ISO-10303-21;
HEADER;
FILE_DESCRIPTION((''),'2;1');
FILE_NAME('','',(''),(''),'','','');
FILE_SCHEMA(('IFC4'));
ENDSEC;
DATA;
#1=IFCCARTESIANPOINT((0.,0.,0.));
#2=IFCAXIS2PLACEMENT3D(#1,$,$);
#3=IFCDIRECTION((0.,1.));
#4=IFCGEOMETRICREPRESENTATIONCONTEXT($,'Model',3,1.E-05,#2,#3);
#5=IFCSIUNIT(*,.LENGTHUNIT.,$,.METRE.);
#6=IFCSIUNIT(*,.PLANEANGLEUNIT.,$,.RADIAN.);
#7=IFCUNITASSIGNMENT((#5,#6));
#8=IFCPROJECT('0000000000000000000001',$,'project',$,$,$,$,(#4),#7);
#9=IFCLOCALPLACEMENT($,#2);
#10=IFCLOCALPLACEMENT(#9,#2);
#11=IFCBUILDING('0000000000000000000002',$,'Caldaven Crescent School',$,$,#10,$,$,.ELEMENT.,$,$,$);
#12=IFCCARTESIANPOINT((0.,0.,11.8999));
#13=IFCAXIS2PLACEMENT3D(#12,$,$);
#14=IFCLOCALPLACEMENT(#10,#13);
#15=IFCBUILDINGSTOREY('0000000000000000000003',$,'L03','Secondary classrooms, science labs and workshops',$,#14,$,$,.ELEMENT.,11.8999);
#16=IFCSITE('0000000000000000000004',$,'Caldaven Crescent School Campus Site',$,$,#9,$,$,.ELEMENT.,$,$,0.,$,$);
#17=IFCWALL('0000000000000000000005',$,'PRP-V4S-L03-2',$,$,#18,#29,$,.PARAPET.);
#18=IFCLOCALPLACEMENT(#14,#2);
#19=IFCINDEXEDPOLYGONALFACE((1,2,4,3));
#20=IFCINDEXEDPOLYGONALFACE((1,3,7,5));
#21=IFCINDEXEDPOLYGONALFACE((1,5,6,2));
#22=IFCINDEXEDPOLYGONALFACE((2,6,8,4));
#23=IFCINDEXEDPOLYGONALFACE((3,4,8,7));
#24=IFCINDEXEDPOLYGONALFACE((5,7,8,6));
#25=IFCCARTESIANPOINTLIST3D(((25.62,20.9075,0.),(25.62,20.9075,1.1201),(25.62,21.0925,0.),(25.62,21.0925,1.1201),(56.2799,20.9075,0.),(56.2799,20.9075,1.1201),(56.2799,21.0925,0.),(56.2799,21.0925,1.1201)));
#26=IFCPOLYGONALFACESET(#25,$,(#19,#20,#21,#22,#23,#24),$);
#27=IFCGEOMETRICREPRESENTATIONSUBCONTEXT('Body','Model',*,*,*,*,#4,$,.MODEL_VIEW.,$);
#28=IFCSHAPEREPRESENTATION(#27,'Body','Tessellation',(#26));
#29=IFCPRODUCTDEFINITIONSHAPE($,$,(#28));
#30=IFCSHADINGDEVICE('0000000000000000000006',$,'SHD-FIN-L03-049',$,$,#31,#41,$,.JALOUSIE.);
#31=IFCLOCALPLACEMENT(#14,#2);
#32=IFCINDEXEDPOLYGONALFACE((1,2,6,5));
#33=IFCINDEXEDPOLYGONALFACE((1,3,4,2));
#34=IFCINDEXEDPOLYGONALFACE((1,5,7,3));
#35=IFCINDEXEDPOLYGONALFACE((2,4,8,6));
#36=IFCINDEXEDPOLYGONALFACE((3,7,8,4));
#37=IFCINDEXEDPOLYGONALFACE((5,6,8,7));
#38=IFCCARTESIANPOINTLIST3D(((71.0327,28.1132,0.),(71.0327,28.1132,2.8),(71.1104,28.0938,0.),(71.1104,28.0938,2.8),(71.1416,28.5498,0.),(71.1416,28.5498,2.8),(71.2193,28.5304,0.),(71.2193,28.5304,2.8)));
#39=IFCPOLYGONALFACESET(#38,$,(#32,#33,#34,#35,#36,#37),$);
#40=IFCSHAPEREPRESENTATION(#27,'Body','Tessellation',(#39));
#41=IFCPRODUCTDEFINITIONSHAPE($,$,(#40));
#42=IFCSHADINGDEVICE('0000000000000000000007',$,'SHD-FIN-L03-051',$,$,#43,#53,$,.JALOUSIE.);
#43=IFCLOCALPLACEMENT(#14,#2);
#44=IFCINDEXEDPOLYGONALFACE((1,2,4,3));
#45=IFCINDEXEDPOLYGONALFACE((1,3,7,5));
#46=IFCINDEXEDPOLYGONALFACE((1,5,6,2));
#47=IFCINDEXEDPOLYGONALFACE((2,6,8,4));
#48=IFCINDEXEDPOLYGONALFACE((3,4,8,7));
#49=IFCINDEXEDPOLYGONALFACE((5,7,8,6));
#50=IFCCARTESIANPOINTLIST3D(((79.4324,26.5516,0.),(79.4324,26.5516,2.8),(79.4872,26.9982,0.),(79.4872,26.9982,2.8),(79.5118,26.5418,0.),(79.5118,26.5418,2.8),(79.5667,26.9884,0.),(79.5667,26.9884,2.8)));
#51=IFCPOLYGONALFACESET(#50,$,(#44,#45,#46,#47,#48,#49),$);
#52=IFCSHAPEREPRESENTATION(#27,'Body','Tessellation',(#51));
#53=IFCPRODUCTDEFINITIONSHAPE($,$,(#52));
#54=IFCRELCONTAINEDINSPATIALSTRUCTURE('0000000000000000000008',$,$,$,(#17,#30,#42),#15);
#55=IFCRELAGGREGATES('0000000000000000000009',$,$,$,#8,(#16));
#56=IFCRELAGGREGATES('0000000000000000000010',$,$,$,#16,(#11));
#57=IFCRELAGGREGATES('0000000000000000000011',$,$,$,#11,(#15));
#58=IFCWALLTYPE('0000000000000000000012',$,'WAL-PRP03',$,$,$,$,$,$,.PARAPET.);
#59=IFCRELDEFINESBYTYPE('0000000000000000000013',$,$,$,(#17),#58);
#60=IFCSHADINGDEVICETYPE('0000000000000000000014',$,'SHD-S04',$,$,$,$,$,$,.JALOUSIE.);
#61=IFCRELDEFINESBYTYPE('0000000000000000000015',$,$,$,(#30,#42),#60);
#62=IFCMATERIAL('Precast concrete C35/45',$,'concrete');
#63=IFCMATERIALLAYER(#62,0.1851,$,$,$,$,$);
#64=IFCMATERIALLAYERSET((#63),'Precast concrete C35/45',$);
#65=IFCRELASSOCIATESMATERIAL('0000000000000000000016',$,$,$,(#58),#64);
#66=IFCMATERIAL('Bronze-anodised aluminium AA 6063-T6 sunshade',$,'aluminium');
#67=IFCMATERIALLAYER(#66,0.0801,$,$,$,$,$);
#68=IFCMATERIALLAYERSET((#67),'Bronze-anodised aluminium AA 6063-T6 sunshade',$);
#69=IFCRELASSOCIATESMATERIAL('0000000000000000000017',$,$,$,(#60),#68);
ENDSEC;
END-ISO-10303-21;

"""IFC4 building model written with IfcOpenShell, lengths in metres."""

from ifc_helpers import new_model, si_unit, direction, frame, frame_2d, origin, origin_2d, place, context, subcontext, project, spatial, rectangle, extrude, material, layer, layer_set, type_object, element, save


model = new_model("IFC4")

# Units and contexts
model_context = context("Model", 3, precision=1e-05, world=origin(), true_north=direction((0.0, 1.0)))
body_context = subcontext(model_context, "Body", "Model", "MODEL_VIEW")
ifc_project = project(units=[si_unit("LENGTHUNIT", "METRE"), si_unit("PLANEANGLEUNIT", "RADIAN")], contexts=[model_context])

# Site, building, storey
site_placement = place(None, origin())
site = spatial("IfcSite", under=ifc_project, at=site_placement, Name="Caldaven Crescent School Campus Site", CompositionType="ELEMENT", RefElevation=0.0)
building_placement = place(site_placement, origin())
building = spatial("IfcBuilding", under=site, at=building_placement, Name="Caldaven Crescent School", CompositionType="ELEMENT")
storey_placement = place(building_placement, frame((0.0, 0.0, 11.8999)))
storey = spatial("IfcBuildingStorey", under=building, at=storey_placement, Name="L03", Description="Secondary classrooms, science labs and workshops", CompositionType="ELEMENT", Elevation=11.8999)

# Shared definitions
ifc_material_1 = material(Name="Precast concrete C35/45", Category="concrete")

# Wall
ifc_layer_1 = layer(ifc_material_1, 0.1851)
ifc_layer_set_1 = layer_set([ifc_layer_1], Name="Precast concrete C35/45")
wall_type_1 = type_object("IfcWallType", Name="WAL-PRP03", PredefinedType="PARAPET", material=ifc_layer_set_1)
wall_1_placement = place(storey_placement, frame((56.28, 21.0, 0.0), z_axis=(0.0, 0.0, 1.0), x_axis=(-1.0, 0.0, 0.0)))
element("IfcWall", 1, at=wall_1_placement, inside=storey, type_object=wall_type_1, Name="PRP-V4S-L03-2", PredefinedType="PARAPET", context=body_context, shape_type="SweptSolid", body=[
    extrude(rectangle(XDim=30.6599, YDim=0.1851, at=frame_2d((15.3301, 0.0))), origin(), (0.0, 0.0, 1.0), 1.1201),
])

# Shading devices
ifc_material_2 = material(Name="Bronze-anodised aluminium AA 6063-T6 sunshade", Category="aluminium")
ifc_layer_2 = layer(ifc_material_2, 0.0801)
ifc_layer_set_2 = layer_set([ifc_layer_2], Name="Bronze-anodised aluminium AA 6063-T6 sunshade")
shading_device_type = type_object("IfcShadingDeviceType", Name="SHD-S04", PredefinedType="JALOUSIE", material=ifc_layer_set_2)
for number, where, z_axis, x_axis, name in (
    (2, (71.126, 28.3218, 0.0), (0.0, 0.0, 1.0), (-0.241922, -0.970296, 0.0), "SHD-FIN-L03-049"),
    (3, (79.4995, 26.77, 0.0), (0.0, 0.0, 1.0), (-0.121869, -0.992546, 0.0), "SHD-FIN-L03-051"),
):
    element("IfcShadingDevice", number, at=place(storey_placement, frame(where, z_axis=z_axis, x_axis=x_axis)), inside=storey, type_object=shading_device_type, Name=name, PredefinedType="JALOUSIE", context=body_context, shape_type="SweptSolid", body=[
        extrude(rectangle(XDim=0.45, YDim=0.0801, at=origin_2d()), origin(), (0.0, 0.0, 1.0), 2.8),
    ])

save(model, "model.ifc")
